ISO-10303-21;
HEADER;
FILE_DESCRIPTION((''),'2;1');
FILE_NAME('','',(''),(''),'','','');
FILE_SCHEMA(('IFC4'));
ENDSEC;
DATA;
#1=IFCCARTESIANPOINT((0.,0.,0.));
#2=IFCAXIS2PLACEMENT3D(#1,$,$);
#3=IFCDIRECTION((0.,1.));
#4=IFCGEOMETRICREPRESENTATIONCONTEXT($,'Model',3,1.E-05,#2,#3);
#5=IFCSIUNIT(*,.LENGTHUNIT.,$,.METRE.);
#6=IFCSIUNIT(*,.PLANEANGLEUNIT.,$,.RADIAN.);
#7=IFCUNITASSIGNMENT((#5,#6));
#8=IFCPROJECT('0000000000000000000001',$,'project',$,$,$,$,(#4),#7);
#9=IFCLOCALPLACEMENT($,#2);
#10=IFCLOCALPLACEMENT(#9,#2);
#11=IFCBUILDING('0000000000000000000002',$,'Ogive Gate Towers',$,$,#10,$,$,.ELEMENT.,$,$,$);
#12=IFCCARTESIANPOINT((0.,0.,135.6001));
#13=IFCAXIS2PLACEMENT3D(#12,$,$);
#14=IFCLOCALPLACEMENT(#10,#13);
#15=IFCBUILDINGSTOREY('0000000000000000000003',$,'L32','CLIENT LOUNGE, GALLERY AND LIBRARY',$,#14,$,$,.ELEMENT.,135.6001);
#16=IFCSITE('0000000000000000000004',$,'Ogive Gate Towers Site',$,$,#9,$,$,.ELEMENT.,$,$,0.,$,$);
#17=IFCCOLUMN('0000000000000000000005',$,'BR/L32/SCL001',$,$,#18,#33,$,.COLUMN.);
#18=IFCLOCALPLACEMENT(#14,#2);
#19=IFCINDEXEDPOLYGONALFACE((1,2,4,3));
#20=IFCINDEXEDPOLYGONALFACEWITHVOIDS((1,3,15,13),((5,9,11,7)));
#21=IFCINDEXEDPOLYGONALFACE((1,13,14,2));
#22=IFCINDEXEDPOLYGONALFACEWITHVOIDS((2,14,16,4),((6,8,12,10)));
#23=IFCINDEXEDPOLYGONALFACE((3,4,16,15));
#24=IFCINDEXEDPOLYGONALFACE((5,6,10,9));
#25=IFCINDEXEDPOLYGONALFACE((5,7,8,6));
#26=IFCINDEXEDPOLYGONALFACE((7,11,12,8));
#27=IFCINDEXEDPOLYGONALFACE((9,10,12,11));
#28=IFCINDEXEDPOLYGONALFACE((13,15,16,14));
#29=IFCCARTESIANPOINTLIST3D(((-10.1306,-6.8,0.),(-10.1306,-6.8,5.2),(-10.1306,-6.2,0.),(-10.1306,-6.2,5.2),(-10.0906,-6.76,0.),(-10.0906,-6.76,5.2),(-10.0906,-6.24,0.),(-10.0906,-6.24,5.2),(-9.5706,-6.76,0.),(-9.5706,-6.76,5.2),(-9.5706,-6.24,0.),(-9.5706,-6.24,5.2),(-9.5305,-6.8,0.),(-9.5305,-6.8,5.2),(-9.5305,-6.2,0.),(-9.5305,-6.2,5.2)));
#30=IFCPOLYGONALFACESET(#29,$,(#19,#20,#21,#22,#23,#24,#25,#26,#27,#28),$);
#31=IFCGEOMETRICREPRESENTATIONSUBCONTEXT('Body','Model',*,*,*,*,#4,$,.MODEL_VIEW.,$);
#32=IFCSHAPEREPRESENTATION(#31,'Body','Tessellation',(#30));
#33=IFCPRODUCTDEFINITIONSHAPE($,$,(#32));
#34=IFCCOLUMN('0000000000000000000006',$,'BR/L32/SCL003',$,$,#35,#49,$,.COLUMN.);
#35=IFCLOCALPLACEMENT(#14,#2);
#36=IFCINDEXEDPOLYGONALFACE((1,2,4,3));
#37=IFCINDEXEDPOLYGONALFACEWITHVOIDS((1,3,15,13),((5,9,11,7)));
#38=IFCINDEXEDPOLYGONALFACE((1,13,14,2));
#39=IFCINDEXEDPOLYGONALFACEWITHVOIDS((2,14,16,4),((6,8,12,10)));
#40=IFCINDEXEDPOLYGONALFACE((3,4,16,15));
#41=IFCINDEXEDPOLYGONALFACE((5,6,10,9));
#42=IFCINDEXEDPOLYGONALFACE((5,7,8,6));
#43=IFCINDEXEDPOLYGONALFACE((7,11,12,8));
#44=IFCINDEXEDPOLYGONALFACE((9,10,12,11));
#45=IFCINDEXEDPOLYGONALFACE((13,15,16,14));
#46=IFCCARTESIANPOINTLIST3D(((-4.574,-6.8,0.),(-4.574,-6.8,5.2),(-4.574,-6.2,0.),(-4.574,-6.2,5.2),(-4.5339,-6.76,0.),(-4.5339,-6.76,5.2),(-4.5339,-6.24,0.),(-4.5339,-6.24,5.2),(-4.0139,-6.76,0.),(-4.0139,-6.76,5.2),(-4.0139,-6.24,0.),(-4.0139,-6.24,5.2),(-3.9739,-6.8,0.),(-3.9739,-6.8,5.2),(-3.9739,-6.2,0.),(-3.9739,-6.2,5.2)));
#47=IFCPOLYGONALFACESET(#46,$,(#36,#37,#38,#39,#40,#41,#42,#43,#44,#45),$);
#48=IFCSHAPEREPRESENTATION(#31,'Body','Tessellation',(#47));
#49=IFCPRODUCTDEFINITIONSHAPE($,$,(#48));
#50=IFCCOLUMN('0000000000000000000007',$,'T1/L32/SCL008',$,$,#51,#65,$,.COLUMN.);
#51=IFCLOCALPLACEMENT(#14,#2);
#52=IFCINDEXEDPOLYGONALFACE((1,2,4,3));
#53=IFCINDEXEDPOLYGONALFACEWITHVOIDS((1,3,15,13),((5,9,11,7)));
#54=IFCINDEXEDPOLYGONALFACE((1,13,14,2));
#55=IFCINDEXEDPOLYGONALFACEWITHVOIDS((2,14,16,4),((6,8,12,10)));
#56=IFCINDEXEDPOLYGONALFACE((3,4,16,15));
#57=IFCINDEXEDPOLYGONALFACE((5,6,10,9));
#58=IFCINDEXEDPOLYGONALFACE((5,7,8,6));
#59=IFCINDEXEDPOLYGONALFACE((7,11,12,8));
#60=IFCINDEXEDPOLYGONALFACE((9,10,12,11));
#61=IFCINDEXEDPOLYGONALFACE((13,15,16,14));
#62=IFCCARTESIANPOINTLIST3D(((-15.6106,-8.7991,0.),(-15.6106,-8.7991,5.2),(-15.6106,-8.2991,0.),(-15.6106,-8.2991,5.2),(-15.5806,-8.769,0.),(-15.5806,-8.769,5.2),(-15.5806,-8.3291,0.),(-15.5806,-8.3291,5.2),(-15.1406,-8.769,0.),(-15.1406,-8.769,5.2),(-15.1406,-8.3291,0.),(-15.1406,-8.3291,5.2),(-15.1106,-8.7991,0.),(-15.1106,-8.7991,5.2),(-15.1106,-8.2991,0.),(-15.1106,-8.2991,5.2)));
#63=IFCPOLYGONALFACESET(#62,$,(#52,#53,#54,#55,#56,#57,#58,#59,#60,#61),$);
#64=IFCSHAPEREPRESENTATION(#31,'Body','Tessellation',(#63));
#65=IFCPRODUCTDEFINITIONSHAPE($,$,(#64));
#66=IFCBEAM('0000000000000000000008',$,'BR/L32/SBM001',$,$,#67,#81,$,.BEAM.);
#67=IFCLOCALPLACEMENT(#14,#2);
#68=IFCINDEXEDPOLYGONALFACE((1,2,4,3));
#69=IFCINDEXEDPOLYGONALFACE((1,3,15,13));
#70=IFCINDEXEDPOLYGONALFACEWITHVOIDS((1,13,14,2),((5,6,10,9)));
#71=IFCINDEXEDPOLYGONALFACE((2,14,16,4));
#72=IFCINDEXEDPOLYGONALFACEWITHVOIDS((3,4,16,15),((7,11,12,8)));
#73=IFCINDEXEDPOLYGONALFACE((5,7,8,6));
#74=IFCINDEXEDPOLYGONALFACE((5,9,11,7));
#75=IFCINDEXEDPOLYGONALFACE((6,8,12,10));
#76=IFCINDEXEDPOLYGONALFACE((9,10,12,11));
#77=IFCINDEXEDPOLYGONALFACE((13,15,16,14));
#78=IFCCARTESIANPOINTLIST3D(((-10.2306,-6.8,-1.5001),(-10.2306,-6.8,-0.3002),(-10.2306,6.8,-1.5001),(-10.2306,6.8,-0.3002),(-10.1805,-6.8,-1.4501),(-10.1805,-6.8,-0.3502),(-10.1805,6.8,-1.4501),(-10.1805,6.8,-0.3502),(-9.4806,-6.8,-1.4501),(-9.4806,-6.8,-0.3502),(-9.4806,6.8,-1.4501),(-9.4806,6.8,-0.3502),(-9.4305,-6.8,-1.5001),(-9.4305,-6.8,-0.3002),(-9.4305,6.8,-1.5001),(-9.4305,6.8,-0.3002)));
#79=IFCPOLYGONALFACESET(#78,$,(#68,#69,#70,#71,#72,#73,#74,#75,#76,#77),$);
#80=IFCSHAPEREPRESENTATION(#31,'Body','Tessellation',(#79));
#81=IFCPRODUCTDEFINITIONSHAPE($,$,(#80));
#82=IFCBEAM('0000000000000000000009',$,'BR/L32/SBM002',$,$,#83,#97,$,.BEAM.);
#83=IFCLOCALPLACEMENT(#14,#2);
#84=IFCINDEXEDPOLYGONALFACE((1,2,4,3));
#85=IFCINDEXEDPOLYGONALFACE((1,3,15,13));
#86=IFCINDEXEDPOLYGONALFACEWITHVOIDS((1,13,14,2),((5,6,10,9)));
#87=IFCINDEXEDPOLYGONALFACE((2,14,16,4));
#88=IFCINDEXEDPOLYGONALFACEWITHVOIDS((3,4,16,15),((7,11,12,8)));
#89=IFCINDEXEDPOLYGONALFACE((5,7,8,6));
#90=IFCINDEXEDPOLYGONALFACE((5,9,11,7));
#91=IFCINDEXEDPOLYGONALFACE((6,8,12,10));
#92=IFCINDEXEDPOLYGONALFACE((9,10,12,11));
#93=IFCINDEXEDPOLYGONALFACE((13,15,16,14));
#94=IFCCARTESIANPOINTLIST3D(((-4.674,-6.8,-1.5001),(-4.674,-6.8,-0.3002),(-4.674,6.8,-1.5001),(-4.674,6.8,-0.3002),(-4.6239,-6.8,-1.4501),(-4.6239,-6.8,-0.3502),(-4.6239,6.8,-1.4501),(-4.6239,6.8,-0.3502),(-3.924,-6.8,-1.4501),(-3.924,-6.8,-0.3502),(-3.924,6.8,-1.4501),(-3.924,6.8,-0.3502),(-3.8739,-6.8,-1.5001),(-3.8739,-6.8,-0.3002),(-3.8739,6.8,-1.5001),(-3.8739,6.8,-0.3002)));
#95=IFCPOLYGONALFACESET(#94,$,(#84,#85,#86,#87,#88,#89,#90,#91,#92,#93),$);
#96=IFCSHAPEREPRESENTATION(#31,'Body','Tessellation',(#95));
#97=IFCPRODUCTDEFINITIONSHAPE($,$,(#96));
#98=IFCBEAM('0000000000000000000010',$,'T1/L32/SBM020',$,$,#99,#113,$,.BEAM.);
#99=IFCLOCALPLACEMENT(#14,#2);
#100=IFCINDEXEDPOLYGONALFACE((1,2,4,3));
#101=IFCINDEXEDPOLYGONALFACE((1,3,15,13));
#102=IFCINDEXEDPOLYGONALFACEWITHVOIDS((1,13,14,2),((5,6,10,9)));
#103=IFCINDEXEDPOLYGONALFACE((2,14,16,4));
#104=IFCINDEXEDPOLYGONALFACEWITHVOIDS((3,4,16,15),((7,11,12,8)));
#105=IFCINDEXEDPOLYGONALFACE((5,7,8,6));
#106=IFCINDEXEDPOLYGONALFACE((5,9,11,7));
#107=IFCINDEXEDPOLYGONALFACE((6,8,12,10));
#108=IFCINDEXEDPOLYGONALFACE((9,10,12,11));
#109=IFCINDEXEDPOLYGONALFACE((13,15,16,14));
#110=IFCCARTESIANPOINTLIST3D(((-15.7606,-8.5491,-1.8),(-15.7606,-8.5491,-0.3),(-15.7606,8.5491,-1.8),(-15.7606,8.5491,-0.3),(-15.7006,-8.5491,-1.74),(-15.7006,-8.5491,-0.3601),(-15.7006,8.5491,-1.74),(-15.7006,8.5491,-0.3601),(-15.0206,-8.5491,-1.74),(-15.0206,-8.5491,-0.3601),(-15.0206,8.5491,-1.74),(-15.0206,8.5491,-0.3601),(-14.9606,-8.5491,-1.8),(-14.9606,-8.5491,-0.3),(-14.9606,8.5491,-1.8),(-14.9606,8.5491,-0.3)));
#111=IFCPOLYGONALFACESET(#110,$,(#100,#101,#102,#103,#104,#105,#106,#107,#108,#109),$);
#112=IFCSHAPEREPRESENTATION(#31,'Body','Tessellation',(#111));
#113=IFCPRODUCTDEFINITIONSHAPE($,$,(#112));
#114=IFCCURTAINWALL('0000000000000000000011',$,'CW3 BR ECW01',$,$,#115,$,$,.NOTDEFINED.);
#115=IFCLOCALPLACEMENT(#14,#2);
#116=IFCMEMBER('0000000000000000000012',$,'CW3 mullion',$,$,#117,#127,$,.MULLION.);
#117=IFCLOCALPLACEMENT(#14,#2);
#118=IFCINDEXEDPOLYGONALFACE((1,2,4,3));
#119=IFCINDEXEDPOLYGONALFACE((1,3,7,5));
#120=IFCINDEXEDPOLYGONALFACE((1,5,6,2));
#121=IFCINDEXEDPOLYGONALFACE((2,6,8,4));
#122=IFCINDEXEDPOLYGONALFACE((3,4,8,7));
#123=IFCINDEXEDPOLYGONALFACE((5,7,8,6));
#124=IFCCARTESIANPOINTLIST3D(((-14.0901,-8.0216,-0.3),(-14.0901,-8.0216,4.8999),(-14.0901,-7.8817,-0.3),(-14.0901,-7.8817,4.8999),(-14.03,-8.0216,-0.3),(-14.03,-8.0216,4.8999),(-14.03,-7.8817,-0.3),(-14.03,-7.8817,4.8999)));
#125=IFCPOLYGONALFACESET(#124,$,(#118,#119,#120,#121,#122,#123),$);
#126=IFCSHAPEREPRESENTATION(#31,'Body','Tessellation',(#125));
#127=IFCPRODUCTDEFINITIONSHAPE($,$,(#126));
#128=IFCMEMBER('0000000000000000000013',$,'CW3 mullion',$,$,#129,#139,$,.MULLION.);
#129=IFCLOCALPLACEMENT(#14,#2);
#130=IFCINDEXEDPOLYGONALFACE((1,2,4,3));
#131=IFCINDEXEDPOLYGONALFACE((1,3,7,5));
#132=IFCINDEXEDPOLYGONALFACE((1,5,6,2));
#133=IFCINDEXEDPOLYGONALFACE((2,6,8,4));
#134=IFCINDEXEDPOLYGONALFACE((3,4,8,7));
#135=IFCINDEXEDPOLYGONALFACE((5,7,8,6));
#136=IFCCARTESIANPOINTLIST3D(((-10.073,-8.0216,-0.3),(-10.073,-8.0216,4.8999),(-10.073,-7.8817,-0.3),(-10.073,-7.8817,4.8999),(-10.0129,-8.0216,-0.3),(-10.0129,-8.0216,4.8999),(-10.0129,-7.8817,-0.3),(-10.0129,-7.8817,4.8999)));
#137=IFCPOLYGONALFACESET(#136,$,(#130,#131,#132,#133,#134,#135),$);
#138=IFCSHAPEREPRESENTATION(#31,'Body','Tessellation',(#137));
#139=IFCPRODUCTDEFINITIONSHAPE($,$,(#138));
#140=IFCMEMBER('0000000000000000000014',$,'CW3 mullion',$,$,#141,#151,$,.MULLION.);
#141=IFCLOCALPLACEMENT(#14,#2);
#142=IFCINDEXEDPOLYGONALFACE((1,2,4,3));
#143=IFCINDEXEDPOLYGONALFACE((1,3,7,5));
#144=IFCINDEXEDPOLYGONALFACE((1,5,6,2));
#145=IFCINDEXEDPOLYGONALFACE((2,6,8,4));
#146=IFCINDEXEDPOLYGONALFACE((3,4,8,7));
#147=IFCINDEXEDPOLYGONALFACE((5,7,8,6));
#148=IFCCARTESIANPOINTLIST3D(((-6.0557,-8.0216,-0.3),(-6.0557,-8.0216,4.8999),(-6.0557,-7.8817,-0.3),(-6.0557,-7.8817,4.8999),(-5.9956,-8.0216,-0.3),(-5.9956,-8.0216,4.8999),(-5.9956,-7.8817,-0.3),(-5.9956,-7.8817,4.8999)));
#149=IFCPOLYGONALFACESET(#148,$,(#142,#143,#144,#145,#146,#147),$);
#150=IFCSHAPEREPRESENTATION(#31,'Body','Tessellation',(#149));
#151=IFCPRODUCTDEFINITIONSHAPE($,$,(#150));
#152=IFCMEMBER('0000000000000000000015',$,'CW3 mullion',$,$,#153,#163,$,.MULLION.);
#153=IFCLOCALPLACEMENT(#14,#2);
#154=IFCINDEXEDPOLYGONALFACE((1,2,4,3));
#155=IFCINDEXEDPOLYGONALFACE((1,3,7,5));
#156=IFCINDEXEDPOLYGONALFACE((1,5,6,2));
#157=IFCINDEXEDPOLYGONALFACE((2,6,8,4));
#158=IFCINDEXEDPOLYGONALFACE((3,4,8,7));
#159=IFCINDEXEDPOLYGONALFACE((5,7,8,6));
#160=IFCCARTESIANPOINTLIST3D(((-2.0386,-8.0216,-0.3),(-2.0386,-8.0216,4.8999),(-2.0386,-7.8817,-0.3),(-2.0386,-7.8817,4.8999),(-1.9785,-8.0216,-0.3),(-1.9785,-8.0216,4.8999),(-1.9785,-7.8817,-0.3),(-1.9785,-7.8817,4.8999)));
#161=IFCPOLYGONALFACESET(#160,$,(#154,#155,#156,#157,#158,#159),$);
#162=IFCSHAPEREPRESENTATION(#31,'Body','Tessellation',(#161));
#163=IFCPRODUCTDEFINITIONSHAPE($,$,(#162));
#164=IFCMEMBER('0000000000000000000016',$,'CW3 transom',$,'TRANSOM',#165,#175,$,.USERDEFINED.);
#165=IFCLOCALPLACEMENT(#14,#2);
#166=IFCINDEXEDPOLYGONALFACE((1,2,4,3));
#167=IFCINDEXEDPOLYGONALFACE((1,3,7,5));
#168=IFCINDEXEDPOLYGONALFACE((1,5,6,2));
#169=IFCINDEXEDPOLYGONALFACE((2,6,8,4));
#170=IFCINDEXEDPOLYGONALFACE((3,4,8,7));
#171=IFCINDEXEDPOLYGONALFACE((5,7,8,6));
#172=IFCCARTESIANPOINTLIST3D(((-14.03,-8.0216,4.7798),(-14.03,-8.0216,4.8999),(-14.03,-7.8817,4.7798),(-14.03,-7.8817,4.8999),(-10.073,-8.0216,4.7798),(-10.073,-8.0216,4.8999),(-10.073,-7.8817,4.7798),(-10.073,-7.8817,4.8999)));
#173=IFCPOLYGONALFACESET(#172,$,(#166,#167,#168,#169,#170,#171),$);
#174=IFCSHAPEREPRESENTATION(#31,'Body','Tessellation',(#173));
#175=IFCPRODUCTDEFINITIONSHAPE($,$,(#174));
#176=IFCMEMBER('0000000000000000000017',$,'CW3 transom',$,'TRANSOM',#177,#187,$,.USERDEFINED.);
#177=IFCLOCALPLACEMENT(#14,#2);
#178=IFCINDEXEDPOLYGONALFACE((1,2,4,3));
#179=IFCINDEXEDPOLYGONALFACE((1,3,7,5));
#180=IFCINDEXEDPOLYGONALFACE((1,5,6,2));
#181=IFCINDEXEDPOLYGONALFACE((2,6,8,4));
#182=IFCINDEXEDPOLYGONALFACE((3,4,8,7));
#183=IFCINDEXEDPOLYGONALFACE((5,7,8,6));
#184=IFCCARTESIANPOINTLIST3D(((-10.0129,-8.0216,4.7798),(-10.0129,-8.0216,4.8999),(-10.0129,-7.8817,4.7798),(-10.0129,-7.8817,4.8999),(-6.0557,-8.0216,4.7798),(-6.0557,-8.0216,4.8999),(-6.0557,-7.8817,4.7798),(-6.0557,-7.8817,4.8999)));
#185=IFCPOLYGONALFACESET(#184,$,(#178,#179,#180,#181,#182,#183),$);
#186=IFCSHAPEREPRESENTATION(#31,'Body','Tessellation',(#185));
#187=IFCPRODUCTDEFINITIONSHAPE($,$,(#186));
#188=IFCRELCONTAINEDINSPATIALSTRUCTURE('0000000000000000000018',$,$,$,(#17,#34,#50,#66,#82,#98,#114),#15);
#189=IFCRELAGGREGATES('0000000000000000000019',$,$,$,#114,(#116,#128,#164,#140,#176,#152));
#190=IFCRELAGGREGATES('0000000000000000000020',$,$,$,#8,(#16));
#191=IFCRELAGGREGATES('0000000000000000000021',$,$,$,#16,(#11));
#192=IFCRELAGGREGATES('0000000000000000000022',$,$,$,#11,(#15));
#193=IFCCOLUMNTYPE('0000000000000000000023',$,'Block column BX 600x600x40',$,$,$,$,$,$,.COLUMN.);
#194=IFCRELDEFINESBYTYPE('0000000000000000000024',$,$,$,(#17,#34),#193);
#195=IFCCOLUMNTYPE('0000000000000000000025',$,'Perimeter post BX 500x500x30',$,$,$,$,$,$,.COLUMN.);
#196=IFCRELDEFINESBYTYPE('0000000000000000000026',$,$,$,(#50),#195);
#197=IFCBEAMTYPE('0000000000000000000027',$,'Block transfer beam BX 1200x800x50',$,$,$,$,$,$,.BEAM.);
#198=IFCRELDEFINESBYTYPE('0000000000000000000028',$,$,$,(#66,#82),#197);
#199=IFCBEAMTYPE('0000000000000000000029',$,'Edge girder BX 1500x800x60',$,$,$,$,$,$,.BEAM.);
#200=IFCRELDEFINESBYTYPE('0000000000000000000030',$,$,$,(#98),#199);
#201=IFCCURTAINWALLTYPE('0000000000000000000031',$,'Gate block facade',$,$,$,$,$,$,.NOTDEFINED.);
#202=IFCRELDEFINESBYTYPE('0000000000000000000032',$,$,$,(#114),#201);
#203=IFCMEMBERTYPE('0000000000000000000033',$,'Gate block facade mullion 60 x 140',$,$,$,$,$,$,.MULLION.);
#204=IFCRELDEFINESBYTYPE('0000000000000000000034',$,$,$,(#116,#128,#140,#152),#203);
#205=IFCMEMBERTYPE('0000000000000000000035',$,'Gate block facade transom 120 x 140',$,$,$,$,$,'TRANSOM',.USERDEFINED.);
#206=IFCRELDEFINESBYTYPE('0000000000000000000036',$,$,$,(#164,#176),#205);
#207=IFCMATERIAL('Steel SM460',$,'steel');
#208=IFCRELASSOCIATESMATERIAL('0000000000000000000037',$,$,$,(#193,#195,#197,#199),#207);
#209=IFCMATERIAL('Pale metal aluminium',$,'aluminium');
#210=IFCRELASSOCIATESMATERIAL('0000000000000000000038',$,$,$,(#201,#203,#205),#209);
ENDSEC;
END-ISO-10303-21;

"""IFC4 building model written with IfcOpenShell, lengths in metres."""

from ifc_helpers import new_model, si_unit, direction, frame, origin, origin_2d, place, context, subcontext, project, spatial, rectangle, hollow_rectangle, extrude, material, material_profile, profile_set, type_object, element, aggregate, save


model = new_model("IFC4")

# Units and contexts
model_context = context("Model", 3, precision=1e-05, world=origin(), true_north=direction((0.0, 1.0)))
body_context = subcontext(model_context, "Body", "Model", "MODEL_VIEW")
ifc_project = project(units=[si_unit("LENGTHUNIT", "METRE"), si_unit("PLANEANGLEUNIT", "RADIAN")], contexts=[model_context])

# Site, building, storey
site_placement = place(None, origin())
site = spatial("IfcSite", under=ifc_project, at=site_placement, Name="Ogive Gate Towers Site", CompositionType="ELEMENT", RefElevation=0.0)
building_placement = place(site_placement, origin())
building = spatial("IfcBuilding", under=site, at=building_placement, Name="Ogive Gate Towers", CompositionType="ELEMENT")
storey_placement = place(building_placement, frame((0.0, 0.0, 135.6001)))
storey = spatial("IfcBuildingStorey", under=building, at=storey_placement, Name="L32", Description="CLIENT LOUNGE, GALLERY AND LIBRARY", CompositionType="ELEMENT", Elevation=135.6001)

# Columns
ifc_material_1 = material(Name="Steel SM460", Category="steel")
ifc_material_profile_1 = material_profile(ifc_material_1, hollow_rectangle(XDim=0.6001, YDim=0.6001, WallThickness=0.04, at=origin_2d()), Name="BX 600x600x40")
ifc_profile_set_1 = profile_set([ifc_material_profile_1], Name="Steel SM460")
column_type_1 = type_object("IfcColumnType", Name="Block column BX 600x600x40", PredefinedType="COLUMN", material=ifc_profile_set_1)
for number, where, z_axis, x_axis, name in (
    (1, (-9.8306, -6.5, 0.0), (0.0, 0.0, 1.0), (1.0, 0.0, 0.0), "BR/L32/SCL001"),
    (2, (-4.2739, -6.5, 0.0), (0.0, 0.0, 1.0), (1.0, 0.0, 0.0), "BR/L32/SCL003"),
):
    element("IfcColumn", number, at=place(storey_placement, frame(where, z_axis=z_axis, x_axis=x_axis)), inside=storey, type_object=column_type_1, Name=name, PredefinedType="COLUMN", context=body_context, shape_type="SweptSolid", body=[
        extrude(hollow_rectangle(XDim=0.6001, YDim=0.6001, WallThickness=0.04, at=origin_2d()), origin(), (0.0, 0.0, 1.0), 5.2),
    ])
ifc_material_profile_2 = material_profile(ifc_material_1, hollow_rectangle(XDim=0.5, YDim=0.5, WallThickness=0.03, at=origin_2d()), Name="BX 500x500x30")
ifc_profile_set_2 = profile_set([ifc_material_profile_2], Name="Steel SM460")
column_type_2 = type_object("IfcColumnType", Name="Perimeter post BX 500x500x30", PredefinedType="COLUMN", material=ifc_profile_set_2)
column_placement = place(storey_placement, frame((-15.3606, -8.5491, 0.0), z_axis=(0.0, 0.0, 1.0), x_axis=(1.0, 0.0, 0.0)))
element("IfcColumn", 3, at=column_placement, inside=storey, type_object=column_type_2, Name="T1/L32/SCL008", PredefinedType="COLUMN", context=body_context, shape_type="SweptSolid", body=[
    extrude(hollow_rectangle(XDim=0.5, YDim=0.5, WallThickness=0.03, at=origin_2d()), origin(), (0.0, 0.0, 1.0), 5.2),
])

# Beams
ifc_material_profile_3 = material_profile(ifc_material_1, hollow_rectangle(XDim=0.8, YDim=1.2, WallThickness=0.05, at=origin_2d()), Name="BX 1200x800x50")
ifc_profile_set_3 = profile_set([ifc_material_profile_3], Name="Steel SM460")
beam_type_1 = type_object("IfcBeamType", Name="Block transfer beam BX 1200x800x50", PredefinedType="BEAM", material=ifc_profile_set_3)
for number, where, z_axis, x_axis, name in (
    (4, (-9.8306, -6.8, -0.9001), (0.0, 1.0, 0.0), (-1.0, 0.0, 0.0), "BR/L32/SBM001"),
    (5, (-4.2739, -6.8, -0.9001), (0.0, 1.0, 0.0), (-1.0, 0.0, 0.0), "BR/L32/SBM002"),
):
    element("IfcBeam", number, at=place(storey_placement, frame(where, z_axis=z_axis, x_axis=x_axis)), inside=storey, type_object=beam_type_1, Name=name, PredefinedType="BEAM", context=body_context, shape_type="SweptSolid", body=[
        extrude(hollow_rectangle(XDim=0.8, YDim=1.2, WallThickness=0.05, at=origin_2d()), origin(), (0.0, 0.0, 1.0), 13.6001),
    ])
ifc_material_profile_4 = material_profile(ifc_material_1, hollow_rectangle(XDim=0.8, YDim=1.5, WallThickness=0.0601, at=origin_2d()), Name="BX 1500x800x60")
ifc_profile_set_4 = profile_set([ifc_material_profile_4], Name="Steel SM460")
beam_type_2 = type_object("IfcBeamType", Name="Edge girder BX 1500x800x60", PredefinedType="BEAM", material=ifc_profile_set_4)
beam_placement = place(storey_placement, frame((-15.3606, -8.5491, -1.05), z_axis=(0.0, 1.0, 0.0), x_axis=(-1.0, 0.0, 0.0)))
element("IfcBeam", 6, at=beam_placement, inside=storey, type_object=beam_type_2, Name="T1/L32/SBM020", PredefinedType="BEAM", context=body_context, shape_type="SweptSolid", body=[
    extrude(hollow_rectangle(XDim=0.8, YDim=1.5, WallThickness=0.0601, at=origin_2d()), origin(), (0.0, 0.0, 1.0), 17.0981),
])

# Curtain wall, members
ifc_material_2 = material(Name="Pale metal aluminium", Category="aluminium")
curtain_wall_type_1 = type_object("IfcCurtainWallType", Name="Gate block facade", PredefinedType="NOTDEFINED", material=ifc_material_2)
curtain_wall_1_placement = place(storey_placement, origin())
curtain_wall_1 = element("IfcCurtainWall", 7, at=curtain_wall_1_placement, inside=storey, type_object=curtain_wall_type_1, Name="CW3 BR ECW01", PredefinedType="NOTDEFINED")
ifc_material_profile_5 = material_profile(ifc_material_2, rectangle(XDim=0.1399, YDim=0.0601, at=origin_2d()), Name="60 x 140 aluminium box")
ifc_profile_set_5 = profile_set([ifc_material_profile_5], Name="Pale metal aluminium")
member_type_1 = type_object("IfcMemberType", Name="Gate block facade mullion 60 x 140", PredefinedType="MULLION", material=ifc_profile_set_5)
member_1_placement = place(storey_placement, frame((-14.0601, -7.9517, -0.3), z_axis=(0.0, 0.0, 1.0), x_axis=(0.0, -1.0, 0.0)))
member_1 = element("IfcMember", 8, at=member_1_placement, type_object=member_type_1, Name="CW3 mullion", PredefinedType="MULLION", context=body_context, shape_type="SweptSolid", body=[
    extrude(rectangle(XDim=0.1399, YDim=0.0601, at=origin_2d()), origin(), (0.0, 0.0, 1.0), 5.2),
])
member_2_placement = place(storey_placement, frame((-10.043, -7.9517, -0.3), z_axis=(0.0, 0.0, 1.0), x_axis=(0.0, -1.0, 0.0)))
member_2 = element("IfcMember", 9, at=member_2_placement, type_object=member_type_1, Name="CW3 mullion", PredefinedType="MULLION", context=body_context, shape_type="SweptSolid", body=[
    extrude(rectangle(XDim=0.1399, YDim=0.0601, at=origin_2d()), origin(), (0.0, 0.0, 1.0), 5.2),
])
member_3_placement = place(storey_placement, frame((-6.0256, -7.9517, -0.3), z_axis=(0.0, 0.0, 1.0), x_axis=(0.0, -1.0, 0.0)))
member_3 = element("IfcMember", 10, at=member_3_placement, type_object=member_type_1, Name="CW3 mullion", PredefinedType="MULLION", context=body_context, shape_type="SweptSolid", body=[
    extrude(rectangle(XDim=0.1399, YDim=0.0601, at=origin_2d()), origin(), (0.0, 0.0, 1.0), 5.2),
])
member_4_placement = place(storey_placement, frame((-2.0085, -7.9517, -0.3), z_axis=(0.0, 0.0, 1.0), x_axis=(0.0, -1.0, 0.0)))
member_4 = element("IfcMember", 11, at=member_4_placement, type_object=member_type_1, Name="CW3 mullion", PredefinedType="MULLION", context=body_context, shape_type="SweptSolid", body=[
    extrude(rectangle(XDim=0.1399, YDim=0.0601, at=origin_2d()), origin(), (0.0, 0.0, 1.0), 5.2),
])
ifc_material_profile_6 = material_profile(ifc_material_2, rectangle(XDim=0.1399, YDim=0.1201, at=origin_2d()), Name="120 x 140 aluminium box")
ifc_profile_set_6 = profile_set([ifc_material_profile_6], Name="Pale metal aluminium")
member_type_2 = type_object("IfcMemberType", Name="Gate block facade transom 120 x 140", ElementType="TRANSOM", PredefinedType="USERDEFINED", material=ifc_profile_set_6)
member_5_placement = place(storey_placement, frame((-14.03, -7.9517, 4.8398), z_axis=(1.0, 0.0, 0.0), x_axis=(0.0, 1.0, 0.0)))
member_5 = element("IfcMember", 12, at=member_5_placement, type_object=member_type_2, Name="CW3 transom", ObjectType="TRANSOM", PredefinedType="USERDEFINED", context=body_context, shape_type="SweptSolid", body=[
    extrude(rectangle(XDim=0.1399, YDim=0.1201, at=origin_2d()), origin(), (0.0, 0.0, 1.0), 3.957),
])
member_6_placement = place(storey_placement, frame((-10.0129, -7.9517, 4.8398), z_axis=(1.0, 0.0, 0.0), x_axis=(0.0, 1.0, 0.0)))
member_6 = element("IfcMember", 13, at=member_6_placement, type_object=member_type_2, Name="CW3 transom", ObjectType="TRANSOM", PredefinedType="USERDEFINED", context=body_context, shape_type="SweptSolid", body=[
    extrude(rectangle(XDim=0.1399, YDim=0.1201, at=origin_2d()), origin(), (0.0, 0.0, 1.0), 3.9573),
])

aggregate(curtain_wall_1, [member_1, member_2, member_5, member_3, member_6, member_4])

save(model, "model.ifc")
